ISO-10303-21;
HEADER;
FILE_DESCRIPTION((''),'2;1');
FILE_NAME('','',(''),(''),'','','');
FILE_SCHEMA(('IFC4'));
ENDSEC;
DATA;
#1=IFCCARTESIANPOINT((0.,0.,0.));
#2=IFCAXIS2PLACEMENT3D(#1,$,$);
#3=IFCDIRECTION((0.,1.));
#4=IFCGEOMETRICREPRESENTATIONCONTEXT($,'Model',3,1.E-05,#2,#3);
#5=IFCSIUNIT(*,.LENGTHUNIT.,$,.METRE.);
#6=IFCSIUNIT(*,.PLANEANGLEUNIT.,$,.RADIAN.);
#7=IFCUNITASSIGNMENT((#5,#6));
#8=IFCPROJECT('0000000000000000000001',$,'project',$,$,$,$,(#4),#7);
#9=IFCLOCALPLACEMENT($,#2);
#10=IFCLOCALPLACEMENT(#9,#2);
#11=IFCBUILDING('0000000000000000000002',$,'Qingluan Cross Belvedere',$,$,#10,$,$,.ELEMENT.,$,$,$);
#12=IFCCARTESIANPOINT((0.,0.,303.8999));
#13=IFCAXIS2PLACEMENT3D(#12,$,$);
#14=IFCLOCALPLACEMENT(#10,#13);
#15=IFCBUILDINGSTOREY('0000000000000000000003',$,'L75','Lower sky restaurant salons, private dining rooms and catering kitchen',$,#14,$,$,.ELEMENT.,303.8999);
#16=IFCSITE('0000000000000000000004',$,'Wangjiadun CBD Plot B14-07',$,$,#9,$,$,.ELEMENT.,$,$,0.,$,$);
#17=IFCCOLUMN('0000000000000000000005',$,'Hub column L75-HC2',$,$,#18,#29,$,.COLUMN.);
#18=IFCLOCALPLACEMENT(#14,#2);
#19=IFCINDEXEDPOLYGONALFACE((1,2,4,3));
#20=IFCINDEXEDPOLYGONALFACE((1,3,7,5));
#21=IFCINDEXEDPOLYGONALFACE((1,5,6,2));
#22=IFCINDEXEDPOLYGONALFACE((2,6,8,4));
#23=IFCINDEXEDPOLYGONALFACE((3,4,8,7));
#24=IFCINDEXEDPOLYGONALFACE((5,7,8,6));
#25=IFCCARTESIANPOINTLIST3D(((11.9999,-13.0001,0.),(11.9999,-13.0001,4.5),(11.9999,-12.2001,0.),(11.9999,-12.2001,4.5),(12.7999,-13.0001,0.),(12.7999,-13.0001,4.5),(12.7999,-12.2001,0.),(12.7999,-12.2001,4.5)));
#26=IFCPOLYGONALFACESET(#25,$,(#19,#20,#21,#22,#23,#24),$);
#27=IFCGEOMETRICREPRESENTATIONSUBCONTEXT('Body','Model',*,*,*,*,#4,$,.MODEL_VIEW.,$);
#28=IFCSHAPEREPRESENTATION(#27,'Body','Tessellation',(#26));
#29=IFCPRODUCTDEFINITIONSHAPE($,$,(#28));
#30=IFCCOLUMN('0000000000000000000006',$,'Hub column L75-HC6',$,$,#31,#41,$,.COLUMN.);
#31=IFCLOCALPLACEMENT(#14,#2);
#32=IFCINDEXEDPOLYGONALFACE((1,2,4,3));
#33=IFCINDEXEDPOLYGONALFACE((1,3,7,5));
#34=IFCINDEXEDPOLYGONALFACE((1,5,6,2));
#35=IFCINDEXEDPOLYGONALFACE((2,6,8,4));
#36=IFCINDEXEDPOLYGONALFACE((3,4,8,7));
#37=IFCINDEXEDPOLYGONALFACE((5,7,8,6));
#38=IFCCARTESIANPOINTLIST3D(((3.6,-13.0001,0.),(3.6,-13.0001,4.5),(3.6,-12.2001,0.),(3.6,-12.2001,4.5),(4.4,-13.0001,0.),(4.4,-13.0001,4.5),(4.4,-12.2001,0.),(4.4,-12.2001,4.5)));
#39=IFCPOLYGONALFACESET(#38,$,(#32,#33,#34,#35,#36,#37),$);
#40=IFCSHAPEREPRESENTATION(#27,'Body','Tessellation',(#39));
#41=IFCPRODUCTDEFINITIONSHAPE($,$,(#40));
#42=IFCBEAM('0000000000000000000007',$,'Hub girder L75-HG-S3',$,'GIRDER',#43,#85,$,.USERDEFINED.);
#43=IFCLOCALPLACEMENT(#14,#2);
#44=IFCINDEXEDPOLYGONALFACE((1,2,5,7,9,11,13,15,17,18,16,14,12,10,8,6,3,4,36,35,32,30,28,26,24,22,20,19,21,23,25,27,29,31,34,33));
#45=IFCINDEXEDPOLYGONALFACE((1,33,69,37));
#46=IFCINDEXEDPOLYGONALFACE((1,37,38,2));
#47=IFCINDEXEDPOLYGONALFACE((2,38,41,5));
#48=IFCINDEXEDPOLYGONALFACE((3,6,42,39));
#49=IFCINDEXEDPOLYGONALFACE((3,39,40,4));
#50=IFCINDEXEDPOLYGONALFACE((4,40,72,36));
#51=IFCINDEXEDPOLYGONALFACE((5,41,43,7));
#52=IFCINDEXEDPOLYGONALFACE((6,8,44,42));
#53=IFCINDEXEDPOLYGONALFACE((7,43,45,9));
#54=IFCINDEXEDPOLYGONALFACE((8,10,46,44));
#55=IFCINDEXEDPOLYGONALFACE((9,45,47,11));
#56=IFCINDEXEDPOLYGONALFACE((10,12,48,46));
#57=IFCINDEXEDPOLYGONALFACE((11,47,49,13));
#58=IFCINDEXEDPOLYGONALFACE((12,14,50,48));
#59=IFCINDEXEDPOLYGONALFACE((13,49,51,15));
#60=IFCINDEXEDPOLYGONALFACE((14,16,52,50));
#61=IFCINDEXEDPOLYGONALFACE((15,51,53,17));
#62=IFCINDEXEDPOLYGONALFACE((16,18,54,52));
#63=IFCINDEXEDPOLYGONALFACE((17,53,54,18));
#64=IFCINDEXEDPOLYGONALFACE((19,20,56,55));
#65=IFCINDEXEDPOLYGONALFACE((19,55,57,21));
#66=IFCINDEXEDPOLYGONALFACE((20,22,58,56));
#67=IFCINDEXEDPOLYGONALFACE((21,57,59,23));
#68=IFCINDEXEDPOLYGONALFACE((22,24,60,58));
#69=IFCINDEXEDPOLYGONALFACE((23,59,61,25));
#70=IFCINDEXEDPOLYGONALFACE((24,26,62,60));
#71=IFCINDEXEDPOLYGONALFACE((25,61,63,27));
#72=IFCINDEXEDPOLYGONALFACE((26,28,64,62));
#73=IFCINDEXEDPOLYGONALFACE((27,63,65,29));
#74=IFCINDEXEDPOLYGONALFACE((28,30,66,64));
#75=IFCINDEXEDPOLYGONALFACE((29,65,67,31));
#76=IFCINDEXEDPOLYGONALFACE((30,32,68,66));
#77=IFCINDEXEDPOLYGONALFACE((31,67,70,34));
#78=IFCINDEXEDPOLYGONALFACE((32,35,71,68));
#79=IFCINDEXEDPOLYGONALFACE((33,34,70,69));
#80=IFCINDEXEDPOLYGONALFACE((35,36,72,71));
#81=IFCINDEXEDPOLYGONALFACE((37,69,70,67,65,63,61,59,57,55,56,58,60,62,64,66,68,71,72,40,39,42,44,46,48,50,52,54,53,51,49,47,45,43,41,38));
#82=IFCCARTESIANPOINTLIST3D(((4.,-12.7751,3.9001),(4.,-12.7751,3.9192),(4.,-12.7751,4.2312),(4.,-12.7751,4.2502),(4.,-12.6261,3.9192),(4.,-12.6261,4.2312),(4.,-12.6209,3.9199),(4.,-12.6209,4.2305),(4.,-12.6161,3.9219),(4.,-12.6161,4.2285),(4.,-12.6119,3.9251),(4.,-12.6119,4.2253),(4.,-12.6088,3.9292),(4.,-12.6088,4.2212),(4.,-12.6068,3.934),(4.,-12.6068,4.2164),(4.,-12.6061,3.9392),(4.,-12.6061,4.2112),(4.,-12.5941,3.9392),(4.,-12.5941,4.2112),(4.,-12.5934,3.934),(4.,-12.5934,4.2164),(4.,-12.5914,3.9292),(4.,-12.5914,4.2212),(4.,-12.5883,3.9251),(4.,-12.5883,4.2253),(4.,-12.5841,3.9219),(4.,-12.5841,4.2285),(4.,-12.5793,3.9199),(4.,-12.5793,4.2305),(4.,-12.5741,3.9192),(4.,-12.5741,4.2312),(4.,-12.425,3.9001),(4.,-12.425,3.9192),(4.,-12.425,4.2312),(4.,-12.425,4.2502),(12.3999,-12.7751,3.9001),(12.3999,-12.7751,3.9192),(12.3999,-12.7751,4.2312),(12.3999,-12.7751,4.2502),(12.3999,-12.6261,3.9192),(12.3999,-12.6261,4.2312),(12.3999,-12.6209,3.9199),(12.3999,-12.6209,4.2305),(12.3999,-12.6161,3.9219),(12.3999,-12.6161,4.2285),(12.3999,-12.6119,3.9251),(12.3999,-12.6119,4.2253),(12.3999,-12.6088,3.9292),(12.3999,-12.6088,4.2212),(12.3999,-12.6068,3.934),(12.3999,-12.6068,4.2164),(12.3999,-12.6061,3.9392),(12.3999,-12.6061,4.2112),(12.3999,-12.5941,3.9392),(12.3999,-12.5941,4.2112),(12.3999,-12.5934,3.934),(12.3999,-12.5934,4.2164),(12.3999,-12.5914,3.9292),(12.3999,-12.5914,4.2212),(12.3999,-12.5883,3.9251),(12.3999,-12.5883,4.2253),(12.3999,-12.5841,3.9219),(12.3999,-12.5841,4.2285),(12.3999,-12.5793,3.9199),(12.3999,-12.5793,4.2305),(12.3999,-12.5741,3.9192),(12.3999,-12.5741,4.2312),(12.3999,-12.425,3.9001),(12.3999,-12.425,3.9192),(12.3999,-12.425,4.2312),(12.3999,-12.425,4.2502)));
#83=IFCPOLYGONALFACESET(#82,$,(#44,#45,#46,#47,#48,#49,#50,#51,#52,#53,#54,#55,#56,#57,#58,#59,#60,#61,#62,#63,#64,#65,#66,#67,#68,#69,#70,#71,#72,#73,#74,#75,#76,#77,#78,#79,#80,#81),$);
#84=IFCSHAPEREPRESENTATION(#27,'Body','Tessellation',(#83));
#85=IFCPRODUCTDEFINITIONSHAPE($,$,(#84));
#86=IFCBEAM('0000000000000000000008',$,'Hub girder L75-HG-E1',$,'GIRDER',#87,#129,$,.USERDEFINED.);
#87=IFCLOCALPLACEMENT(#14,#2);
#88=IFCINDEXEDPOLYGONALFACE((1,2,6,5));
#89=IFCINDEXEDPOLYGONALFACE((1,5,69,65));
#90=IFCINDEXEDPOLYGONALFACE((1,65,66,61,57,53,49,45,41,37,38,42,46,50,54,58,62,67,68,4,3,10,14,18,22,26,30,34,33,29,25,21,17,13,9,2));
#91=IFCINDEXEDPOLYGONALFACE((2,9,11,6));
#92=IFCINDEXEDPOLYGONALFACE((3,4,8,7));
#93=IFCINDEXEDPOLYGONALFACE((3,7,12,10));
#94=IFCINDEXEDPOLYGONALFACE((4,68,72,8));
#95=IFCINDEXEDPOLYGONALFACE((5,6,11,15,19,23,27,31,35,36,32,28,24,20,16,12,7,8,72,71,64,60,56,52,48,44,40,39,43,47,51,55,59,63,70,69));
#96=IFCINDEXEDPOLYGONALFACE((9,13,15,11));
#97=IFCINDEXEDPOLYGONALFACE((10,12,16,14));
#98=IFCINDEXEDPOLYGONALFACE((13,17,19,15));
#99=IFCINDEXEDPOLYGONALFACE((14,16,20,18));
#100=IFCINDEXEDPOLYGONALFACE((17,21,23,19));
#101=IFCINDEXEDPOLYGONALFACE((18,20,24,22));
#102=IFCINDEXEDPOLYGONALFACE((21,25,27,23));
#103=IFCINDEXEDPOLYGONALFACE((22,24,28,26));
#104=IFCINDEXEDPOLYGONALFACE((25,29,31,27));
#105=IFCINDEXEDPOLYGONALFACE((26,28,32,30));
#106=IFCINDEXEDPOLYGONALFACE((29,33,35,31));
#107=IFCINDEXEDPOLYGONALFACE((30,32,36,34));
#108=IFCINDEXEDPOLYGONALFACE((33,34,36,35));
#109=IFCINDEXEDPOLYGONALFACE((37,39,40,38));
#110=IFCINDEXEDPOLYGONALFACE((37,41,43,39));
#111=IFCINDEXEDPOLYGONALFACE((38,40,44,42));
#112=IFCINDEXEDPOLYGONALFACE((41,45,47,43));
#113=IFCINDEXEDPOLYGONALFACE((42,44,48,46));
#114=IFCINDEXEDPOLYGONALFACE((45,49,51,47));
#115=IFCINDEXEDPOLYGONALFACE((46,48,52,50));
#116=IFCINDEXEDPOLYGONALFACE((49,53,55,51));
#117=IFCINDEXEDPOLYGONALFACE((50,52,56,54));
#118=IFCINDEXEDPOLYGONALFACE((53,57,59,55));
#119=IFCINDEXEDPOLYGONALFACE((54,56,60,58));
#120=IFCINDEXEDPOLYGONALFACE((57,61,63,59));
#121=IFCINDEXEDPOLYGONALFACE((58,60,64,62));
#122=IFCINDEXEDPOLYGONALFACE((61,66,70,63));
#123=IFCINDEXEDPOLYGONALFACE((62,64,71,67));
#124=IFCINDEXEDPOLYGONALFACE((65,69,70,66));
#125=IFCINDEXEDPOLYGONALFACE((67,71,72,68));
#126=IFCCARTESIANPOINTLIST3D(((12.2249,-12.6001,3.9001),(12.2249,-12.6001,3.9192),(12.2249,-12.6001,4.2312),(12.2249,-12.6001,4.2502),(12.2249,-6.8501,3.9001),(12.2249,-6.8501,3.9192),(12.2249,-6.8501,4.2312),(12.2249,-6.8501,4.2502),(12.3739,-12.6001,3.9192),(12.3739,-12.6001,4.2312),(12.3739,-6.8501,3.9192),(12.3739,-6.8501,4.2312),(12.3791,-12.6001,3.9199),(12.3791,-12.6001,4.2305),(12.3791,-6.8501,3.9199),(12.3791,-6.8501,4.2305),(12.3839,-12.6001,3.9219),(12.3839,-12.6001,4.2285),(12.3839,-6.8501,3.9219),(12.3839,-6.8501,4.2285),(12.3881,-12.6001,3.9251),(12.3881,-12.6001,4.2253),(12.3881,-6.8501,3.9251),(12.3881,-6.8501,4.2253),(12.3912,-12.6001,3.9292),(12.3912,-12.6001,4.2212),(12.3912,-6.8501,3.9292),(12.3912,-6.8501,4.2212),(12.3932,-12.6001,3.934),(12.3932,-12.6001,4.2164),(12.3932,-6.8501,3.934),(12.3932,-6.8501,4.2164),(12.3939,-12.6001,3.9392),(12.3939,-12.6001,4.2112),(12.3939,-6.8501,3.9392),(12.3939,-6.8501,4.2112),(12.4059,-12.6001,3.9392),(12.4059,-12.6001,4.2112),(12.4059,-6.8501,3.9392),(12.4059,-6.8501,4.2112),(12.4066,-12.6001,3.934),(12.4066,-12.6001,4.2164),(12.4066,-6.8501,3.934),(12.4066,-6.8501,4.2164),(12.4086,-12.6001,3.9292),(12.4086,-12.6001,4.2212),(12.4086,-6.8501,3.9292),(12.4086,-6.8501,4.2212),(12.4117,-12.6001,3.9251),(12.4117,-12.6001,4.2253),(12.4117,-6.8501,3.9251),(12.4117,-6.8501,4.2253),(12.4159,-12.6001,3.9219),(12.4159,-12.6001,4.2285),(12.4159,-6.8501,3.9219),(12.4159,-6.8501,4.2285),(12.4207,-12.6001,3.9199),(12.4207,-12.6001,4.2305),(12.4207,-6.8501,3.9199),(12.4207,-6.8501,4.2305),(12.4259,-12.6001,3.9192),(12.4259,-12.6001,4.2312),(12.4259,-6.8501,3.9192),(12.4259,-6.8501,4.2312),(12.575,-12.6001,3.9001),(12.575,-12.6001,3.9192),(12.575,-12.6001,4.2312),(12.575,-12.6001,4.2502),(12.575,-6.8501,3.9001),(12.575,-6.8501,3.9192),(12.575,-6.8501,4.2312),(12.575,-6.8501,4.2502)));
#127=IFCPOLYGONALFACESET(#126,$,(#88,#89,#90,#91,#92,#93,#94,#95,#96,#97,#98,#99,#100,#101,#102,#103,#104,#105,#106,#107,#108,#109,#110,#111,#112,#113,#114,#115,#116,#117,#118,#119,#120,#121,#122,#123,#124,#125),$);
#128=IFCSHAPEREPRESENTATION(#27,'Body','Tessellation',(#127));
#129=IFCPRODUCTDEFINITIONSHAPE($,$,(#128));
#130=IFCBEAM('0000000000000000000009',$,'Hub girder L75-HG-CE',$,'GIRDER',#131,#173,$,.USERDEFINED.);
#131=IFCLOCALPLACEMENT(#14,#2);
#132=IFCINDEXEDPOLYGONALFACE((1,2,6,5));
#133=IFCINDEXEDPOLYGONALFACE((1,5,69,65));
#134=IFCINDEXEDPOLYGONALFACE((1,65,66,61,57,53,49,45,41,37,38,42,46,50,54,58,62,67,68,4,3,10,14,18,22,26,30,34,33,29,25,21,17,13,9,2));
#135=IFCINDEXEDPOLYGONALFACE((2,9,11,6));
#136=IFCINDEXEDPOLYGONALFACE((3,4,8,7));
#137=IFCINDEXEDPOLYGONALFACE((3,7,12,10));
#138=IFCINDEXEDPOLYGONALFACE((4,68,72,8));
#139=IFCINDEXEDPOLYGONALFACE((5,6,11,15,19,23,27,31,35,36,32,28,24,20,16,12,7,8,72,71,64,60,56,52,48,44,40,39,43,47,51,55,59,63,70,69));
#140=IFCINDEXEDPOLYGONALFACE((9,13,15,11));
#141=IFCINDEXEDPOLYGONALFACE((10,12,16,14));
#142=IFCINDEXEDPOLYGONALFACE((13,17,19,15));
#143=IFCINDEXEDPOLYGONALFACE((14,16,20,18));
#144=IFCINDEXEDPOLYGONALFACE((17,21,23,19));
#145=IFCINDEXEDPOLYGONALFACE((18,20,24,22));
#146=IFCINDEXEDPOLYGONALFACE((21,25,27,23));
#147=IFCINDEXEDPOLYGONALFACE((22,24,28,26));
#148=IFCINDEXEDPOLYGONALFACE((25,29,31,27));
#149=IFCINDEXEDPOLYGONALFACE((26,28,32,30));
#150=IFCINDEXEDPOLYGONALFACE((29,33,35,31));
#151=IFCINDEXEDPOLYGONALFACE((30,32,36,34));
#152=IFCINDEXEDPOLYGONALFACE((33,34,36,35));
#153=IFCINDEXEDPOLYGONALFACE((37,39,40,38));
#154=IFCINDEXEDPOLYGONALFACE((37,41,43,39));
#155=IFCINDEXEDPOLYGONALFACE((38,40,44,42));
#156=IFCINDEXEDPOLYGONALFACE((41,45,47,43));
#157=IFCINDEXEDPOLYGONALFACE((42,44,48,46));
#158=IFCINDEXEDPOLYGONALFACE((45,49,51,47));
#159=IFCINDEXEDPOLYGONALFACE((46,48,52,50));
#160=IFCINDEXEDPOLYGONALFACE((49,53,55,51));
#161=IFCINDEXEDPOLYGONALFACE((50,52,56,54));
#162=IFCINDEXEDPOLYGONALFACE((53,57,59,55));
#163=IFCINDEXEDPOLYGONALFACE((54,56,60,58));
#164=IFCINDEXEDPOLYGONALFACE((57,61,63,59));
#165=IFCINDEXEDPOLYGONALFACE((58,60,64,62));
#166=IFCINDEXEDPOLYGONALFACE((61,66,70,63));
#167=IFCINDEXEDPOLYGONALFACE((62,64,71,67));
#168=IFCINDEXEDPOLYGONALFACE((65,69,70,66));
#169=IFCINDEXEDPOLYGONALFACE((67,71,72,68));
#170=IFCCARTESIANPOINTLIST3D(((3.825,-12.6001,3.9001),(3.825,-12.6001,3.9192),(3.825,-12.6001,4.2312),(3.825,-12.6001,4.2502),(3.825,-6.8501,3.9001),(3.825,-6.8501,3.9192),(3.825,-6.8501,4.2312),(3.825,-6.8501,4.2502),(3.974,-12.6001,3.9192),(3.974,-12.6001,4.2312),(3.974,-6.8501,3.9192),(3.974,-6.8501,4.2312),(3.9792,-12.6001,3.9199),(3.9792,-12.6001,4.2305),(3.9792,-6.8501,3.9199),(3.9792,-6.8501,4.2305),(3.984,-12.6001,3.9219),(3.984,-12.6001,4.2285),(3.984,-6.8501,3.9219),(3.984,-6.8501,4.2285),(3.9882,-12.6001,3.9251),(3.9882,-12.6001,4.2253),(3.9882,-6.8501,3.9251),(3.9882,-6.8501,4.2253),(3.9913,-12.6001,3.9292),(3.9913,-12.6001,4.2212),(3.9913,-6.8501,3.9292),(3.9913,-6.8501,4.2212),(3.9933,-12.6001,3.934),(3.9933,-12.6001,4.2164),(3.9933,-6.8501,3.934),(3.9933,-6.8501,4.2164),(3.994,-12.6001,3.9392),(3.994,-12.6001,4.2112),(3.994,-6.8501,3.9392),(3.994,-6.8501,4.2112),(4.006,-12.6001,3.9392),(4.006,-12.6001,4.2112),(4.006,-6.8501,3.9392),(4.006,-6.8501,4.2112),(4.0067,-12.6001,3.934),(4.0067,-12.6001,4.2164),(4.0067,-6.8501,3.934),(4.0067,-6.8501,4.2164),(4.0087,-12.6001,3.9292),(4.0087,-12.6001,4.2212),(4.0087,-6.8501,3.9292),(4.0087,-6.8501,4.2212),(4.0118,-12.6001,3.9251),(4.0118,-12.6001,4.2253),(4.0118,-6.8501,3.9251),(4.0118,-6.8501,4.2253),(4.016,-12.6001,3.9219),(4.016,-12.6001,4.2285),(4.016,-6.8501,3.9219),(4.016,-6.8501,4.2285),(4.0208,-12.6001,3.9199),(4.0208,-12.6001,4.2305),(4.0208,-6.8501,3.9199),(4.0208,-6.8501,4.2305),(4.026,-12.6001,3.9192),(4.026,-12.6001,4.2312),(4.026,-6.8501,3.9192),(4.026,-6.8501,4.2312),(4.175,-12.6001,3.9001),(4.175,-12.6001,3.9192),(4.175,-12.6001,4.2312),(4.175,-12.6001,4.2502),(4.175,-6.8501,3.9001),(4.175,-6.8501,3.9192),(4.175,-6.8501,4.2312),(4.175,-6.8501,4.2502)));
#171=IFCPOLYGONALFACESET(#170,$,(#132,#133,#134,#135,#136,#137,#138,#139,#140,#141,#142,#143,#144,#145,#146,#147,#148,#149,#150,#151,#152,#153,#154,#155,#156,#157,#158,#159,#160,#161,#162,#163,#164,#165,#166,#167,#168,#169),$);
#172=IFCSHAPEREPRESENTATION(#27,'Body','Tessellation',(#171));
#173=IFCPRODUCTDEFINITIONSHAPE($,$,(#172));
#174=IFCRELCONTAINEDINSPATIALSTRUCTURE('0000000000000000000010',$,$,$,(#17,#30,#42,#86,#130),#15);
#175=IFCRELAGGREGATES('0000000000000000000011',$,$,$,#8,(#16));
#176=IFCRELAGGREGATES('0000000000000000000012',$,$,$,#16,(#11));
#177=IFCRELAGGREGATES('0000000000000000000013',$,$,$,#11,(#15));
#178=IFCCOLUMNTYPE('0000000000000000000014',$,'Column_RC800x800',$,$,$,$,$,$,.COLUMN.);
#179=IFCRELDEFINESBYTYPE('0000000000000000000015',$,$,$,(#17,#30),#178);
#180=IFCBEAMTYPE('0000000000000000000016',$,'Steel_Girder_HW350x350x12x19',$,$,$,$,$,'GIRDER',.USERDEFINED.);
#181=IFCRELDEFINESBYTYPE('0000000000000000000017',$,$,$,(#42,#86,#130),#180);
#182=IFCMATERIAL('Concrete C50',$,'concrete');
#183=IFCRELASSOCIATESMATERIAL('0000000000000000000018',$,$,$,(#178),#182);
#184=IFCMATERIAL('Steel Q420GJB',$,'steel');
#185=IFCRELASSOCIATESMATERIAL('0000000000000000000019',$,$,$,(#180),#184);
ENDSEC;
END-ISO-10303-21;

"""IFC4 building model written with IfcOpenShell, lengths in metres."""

from ifc_helpers import new_model, si_unit, direction, frame, origin, origin_2d, place, context, subcontext, project, spatial, rectangle, i_section, extrude, material, material_profile, profile_set, type_object, element, save


model = new_model("IFC4")

# Units and contexts
model_context = context("Model", 3, precision=1e-05, world=origin(), true_north=direction((0.0, 1.0)))
body_context = subcontext(model_context, "Body", "Model", "MODEL_VIEW")
ifc_project = project(units=[si_unit("LENGTHUNIT", "METRE"), si_unit("PLANEANGLEUNIT", "RADIAN")], contexts=[model_context])

# Site, building, storey
site_placement = place(None, origin())
site = spatial("IfcSite", under=ifc_project, at=site_placement, Name="Wangjiadun CBD Plot B14-07", CompositionType="ELEMENT", RefElevation=0.0)
building_placement = place(site_placement, origin())
building = spatial("IfcBuilding", under=site, at=building_placement, Name="Qingluan Cross Belvedere", CompositionType="ELEMENT")
storey_placement = place(building_placement, frame((0.0, 0.0, 303.8999)))
storey = spatial("IfcBuildingStorey", under=building, at=storey_placement, Name="L75", Description="Lower sky restaurant salons, private dining rooms and catering kitchen", CompositionType="ELEMENT", Elevation=303.8999)

# Columns
ifc_material_1 = material(Name="Concrete C50", Category="concrete")
ifc_material_profile_1 = material_profile(ifc_material_1, rectangle(XDim=0.8, YDim=0.8, at=origin_2d()), Name="RC800x800")
ifc_profile_set_1 = profile_set([ifc_material_profile_1], Name="Concrete C50")
column_type = type_object("IfcColumnType", Name="Column_RC800x800", PredefinedType="COLUMN", material=ifc_profile_set_1)
for number, where, z_axis, x_axis, name in (
    (1, (12.3999, -12.6001, 0.0), (0.0, 0.0, 1.0), (1.0, 0.0, 0.0), "Hub column L75-HC2"),
    (2, (4.0, -12.6001, 0.0), (0.0, 0.0, 1.0), (1.0, 0.0, 0.0), "Hub column L75-HC6"),
):
    element("IfcColumn", number, at=place(storey_placement, frame(where, z_axis=z_axis, x_axis=x_axis)), inside=storey, type_object=column_type, Name=name, PredefinedType="COLUMN", context=body_context, shape_type="SweptSolid", body=[
        extrude(rectangle(XDim=0.8, YDim=0.8, at=origin_2d()), origin(), (0.0, 0.0, 1.0), 4.5),
    ])

# Beams
ifc_material_2 = material(Name="Steel Q420GJB", Category="steel")
ifc_material_profile_2 = material_profile(ifc_material_2, i_section(OverallWidth=0.3501, OverallDepth=0.3501, WebThickness=0.012, FlangeThickness=0.019, FilletRadius=0.02, at=origin_2d()), Name="HW350x350x12x19")
ifc_profile_set_2 = profile_set([ifc_material_profile_2], Name="Steel Q420GJB")
beam_type = type_object("IfcBeamType", Name="Steel_Girder_HW350x350x12x19", ElementType="GIRDER", PredefinedType="USERDEFINED", material=ifc_profile_set_2)
beam_placement = place(storey_placement, frame((4.0, -12.6001, 4.0752), z_axis=(1.0, 0.0, 0.0), x_axis=(0.0, 1.0, 0.0)))
element("IfcBeam", 3, at=beam_placement, inside=storey, type_object=beam_type, Name="Hub girder L75-HG-S3", ObjectType="GIRDER", PredefinedType="USERDEFINED", context=body_context, shape_type="SweptSolid", body=[
    extrude(i_section(OverallWidth=0.3501, OverallDepth=0.3501, WebThickness=0.012, FlangeThickness=0.019, FilletRadius=0.02, at=origin_2d()), origin(), (0.0, 0.0, 1.0), 8.3999),
])
for number, where, z_axis, x_axis, name in (
    (4, (12.3999, -12.6001, 4.0752), (0.0, 1.0, 0.0), (-1.0, 0.0, 0.0), "Hub girder L75-HG-E1"),
    (5, (4.0, -12.6001, 4.0752), (0.0, 1.0, 0.0), (-1.0, 0.0, 0.0), "Hub girder L75-HG-CE"),
):
    element("IfcBeam", number, at=place(storey_placement, frame(where, z_axis=z_axis, x_axis=x_axis)), inside=storey, type_object=beam_type, Name=name, ObjectType="GIRDER", PredefinedType="USERDEFINED", context=body_context, shape_type="SweptSolid", body=[
        extrude(i_section(OverallWidth=0.3501, OverallDepth=0.3501, WebThickness=0.012, FlangeThickness=0.019, FilletRadius=0.02, at=origin_2d()), origin(), (0.0, 0.0, 1.0), 5.75),
    ])

save(model, "model.ifc")
